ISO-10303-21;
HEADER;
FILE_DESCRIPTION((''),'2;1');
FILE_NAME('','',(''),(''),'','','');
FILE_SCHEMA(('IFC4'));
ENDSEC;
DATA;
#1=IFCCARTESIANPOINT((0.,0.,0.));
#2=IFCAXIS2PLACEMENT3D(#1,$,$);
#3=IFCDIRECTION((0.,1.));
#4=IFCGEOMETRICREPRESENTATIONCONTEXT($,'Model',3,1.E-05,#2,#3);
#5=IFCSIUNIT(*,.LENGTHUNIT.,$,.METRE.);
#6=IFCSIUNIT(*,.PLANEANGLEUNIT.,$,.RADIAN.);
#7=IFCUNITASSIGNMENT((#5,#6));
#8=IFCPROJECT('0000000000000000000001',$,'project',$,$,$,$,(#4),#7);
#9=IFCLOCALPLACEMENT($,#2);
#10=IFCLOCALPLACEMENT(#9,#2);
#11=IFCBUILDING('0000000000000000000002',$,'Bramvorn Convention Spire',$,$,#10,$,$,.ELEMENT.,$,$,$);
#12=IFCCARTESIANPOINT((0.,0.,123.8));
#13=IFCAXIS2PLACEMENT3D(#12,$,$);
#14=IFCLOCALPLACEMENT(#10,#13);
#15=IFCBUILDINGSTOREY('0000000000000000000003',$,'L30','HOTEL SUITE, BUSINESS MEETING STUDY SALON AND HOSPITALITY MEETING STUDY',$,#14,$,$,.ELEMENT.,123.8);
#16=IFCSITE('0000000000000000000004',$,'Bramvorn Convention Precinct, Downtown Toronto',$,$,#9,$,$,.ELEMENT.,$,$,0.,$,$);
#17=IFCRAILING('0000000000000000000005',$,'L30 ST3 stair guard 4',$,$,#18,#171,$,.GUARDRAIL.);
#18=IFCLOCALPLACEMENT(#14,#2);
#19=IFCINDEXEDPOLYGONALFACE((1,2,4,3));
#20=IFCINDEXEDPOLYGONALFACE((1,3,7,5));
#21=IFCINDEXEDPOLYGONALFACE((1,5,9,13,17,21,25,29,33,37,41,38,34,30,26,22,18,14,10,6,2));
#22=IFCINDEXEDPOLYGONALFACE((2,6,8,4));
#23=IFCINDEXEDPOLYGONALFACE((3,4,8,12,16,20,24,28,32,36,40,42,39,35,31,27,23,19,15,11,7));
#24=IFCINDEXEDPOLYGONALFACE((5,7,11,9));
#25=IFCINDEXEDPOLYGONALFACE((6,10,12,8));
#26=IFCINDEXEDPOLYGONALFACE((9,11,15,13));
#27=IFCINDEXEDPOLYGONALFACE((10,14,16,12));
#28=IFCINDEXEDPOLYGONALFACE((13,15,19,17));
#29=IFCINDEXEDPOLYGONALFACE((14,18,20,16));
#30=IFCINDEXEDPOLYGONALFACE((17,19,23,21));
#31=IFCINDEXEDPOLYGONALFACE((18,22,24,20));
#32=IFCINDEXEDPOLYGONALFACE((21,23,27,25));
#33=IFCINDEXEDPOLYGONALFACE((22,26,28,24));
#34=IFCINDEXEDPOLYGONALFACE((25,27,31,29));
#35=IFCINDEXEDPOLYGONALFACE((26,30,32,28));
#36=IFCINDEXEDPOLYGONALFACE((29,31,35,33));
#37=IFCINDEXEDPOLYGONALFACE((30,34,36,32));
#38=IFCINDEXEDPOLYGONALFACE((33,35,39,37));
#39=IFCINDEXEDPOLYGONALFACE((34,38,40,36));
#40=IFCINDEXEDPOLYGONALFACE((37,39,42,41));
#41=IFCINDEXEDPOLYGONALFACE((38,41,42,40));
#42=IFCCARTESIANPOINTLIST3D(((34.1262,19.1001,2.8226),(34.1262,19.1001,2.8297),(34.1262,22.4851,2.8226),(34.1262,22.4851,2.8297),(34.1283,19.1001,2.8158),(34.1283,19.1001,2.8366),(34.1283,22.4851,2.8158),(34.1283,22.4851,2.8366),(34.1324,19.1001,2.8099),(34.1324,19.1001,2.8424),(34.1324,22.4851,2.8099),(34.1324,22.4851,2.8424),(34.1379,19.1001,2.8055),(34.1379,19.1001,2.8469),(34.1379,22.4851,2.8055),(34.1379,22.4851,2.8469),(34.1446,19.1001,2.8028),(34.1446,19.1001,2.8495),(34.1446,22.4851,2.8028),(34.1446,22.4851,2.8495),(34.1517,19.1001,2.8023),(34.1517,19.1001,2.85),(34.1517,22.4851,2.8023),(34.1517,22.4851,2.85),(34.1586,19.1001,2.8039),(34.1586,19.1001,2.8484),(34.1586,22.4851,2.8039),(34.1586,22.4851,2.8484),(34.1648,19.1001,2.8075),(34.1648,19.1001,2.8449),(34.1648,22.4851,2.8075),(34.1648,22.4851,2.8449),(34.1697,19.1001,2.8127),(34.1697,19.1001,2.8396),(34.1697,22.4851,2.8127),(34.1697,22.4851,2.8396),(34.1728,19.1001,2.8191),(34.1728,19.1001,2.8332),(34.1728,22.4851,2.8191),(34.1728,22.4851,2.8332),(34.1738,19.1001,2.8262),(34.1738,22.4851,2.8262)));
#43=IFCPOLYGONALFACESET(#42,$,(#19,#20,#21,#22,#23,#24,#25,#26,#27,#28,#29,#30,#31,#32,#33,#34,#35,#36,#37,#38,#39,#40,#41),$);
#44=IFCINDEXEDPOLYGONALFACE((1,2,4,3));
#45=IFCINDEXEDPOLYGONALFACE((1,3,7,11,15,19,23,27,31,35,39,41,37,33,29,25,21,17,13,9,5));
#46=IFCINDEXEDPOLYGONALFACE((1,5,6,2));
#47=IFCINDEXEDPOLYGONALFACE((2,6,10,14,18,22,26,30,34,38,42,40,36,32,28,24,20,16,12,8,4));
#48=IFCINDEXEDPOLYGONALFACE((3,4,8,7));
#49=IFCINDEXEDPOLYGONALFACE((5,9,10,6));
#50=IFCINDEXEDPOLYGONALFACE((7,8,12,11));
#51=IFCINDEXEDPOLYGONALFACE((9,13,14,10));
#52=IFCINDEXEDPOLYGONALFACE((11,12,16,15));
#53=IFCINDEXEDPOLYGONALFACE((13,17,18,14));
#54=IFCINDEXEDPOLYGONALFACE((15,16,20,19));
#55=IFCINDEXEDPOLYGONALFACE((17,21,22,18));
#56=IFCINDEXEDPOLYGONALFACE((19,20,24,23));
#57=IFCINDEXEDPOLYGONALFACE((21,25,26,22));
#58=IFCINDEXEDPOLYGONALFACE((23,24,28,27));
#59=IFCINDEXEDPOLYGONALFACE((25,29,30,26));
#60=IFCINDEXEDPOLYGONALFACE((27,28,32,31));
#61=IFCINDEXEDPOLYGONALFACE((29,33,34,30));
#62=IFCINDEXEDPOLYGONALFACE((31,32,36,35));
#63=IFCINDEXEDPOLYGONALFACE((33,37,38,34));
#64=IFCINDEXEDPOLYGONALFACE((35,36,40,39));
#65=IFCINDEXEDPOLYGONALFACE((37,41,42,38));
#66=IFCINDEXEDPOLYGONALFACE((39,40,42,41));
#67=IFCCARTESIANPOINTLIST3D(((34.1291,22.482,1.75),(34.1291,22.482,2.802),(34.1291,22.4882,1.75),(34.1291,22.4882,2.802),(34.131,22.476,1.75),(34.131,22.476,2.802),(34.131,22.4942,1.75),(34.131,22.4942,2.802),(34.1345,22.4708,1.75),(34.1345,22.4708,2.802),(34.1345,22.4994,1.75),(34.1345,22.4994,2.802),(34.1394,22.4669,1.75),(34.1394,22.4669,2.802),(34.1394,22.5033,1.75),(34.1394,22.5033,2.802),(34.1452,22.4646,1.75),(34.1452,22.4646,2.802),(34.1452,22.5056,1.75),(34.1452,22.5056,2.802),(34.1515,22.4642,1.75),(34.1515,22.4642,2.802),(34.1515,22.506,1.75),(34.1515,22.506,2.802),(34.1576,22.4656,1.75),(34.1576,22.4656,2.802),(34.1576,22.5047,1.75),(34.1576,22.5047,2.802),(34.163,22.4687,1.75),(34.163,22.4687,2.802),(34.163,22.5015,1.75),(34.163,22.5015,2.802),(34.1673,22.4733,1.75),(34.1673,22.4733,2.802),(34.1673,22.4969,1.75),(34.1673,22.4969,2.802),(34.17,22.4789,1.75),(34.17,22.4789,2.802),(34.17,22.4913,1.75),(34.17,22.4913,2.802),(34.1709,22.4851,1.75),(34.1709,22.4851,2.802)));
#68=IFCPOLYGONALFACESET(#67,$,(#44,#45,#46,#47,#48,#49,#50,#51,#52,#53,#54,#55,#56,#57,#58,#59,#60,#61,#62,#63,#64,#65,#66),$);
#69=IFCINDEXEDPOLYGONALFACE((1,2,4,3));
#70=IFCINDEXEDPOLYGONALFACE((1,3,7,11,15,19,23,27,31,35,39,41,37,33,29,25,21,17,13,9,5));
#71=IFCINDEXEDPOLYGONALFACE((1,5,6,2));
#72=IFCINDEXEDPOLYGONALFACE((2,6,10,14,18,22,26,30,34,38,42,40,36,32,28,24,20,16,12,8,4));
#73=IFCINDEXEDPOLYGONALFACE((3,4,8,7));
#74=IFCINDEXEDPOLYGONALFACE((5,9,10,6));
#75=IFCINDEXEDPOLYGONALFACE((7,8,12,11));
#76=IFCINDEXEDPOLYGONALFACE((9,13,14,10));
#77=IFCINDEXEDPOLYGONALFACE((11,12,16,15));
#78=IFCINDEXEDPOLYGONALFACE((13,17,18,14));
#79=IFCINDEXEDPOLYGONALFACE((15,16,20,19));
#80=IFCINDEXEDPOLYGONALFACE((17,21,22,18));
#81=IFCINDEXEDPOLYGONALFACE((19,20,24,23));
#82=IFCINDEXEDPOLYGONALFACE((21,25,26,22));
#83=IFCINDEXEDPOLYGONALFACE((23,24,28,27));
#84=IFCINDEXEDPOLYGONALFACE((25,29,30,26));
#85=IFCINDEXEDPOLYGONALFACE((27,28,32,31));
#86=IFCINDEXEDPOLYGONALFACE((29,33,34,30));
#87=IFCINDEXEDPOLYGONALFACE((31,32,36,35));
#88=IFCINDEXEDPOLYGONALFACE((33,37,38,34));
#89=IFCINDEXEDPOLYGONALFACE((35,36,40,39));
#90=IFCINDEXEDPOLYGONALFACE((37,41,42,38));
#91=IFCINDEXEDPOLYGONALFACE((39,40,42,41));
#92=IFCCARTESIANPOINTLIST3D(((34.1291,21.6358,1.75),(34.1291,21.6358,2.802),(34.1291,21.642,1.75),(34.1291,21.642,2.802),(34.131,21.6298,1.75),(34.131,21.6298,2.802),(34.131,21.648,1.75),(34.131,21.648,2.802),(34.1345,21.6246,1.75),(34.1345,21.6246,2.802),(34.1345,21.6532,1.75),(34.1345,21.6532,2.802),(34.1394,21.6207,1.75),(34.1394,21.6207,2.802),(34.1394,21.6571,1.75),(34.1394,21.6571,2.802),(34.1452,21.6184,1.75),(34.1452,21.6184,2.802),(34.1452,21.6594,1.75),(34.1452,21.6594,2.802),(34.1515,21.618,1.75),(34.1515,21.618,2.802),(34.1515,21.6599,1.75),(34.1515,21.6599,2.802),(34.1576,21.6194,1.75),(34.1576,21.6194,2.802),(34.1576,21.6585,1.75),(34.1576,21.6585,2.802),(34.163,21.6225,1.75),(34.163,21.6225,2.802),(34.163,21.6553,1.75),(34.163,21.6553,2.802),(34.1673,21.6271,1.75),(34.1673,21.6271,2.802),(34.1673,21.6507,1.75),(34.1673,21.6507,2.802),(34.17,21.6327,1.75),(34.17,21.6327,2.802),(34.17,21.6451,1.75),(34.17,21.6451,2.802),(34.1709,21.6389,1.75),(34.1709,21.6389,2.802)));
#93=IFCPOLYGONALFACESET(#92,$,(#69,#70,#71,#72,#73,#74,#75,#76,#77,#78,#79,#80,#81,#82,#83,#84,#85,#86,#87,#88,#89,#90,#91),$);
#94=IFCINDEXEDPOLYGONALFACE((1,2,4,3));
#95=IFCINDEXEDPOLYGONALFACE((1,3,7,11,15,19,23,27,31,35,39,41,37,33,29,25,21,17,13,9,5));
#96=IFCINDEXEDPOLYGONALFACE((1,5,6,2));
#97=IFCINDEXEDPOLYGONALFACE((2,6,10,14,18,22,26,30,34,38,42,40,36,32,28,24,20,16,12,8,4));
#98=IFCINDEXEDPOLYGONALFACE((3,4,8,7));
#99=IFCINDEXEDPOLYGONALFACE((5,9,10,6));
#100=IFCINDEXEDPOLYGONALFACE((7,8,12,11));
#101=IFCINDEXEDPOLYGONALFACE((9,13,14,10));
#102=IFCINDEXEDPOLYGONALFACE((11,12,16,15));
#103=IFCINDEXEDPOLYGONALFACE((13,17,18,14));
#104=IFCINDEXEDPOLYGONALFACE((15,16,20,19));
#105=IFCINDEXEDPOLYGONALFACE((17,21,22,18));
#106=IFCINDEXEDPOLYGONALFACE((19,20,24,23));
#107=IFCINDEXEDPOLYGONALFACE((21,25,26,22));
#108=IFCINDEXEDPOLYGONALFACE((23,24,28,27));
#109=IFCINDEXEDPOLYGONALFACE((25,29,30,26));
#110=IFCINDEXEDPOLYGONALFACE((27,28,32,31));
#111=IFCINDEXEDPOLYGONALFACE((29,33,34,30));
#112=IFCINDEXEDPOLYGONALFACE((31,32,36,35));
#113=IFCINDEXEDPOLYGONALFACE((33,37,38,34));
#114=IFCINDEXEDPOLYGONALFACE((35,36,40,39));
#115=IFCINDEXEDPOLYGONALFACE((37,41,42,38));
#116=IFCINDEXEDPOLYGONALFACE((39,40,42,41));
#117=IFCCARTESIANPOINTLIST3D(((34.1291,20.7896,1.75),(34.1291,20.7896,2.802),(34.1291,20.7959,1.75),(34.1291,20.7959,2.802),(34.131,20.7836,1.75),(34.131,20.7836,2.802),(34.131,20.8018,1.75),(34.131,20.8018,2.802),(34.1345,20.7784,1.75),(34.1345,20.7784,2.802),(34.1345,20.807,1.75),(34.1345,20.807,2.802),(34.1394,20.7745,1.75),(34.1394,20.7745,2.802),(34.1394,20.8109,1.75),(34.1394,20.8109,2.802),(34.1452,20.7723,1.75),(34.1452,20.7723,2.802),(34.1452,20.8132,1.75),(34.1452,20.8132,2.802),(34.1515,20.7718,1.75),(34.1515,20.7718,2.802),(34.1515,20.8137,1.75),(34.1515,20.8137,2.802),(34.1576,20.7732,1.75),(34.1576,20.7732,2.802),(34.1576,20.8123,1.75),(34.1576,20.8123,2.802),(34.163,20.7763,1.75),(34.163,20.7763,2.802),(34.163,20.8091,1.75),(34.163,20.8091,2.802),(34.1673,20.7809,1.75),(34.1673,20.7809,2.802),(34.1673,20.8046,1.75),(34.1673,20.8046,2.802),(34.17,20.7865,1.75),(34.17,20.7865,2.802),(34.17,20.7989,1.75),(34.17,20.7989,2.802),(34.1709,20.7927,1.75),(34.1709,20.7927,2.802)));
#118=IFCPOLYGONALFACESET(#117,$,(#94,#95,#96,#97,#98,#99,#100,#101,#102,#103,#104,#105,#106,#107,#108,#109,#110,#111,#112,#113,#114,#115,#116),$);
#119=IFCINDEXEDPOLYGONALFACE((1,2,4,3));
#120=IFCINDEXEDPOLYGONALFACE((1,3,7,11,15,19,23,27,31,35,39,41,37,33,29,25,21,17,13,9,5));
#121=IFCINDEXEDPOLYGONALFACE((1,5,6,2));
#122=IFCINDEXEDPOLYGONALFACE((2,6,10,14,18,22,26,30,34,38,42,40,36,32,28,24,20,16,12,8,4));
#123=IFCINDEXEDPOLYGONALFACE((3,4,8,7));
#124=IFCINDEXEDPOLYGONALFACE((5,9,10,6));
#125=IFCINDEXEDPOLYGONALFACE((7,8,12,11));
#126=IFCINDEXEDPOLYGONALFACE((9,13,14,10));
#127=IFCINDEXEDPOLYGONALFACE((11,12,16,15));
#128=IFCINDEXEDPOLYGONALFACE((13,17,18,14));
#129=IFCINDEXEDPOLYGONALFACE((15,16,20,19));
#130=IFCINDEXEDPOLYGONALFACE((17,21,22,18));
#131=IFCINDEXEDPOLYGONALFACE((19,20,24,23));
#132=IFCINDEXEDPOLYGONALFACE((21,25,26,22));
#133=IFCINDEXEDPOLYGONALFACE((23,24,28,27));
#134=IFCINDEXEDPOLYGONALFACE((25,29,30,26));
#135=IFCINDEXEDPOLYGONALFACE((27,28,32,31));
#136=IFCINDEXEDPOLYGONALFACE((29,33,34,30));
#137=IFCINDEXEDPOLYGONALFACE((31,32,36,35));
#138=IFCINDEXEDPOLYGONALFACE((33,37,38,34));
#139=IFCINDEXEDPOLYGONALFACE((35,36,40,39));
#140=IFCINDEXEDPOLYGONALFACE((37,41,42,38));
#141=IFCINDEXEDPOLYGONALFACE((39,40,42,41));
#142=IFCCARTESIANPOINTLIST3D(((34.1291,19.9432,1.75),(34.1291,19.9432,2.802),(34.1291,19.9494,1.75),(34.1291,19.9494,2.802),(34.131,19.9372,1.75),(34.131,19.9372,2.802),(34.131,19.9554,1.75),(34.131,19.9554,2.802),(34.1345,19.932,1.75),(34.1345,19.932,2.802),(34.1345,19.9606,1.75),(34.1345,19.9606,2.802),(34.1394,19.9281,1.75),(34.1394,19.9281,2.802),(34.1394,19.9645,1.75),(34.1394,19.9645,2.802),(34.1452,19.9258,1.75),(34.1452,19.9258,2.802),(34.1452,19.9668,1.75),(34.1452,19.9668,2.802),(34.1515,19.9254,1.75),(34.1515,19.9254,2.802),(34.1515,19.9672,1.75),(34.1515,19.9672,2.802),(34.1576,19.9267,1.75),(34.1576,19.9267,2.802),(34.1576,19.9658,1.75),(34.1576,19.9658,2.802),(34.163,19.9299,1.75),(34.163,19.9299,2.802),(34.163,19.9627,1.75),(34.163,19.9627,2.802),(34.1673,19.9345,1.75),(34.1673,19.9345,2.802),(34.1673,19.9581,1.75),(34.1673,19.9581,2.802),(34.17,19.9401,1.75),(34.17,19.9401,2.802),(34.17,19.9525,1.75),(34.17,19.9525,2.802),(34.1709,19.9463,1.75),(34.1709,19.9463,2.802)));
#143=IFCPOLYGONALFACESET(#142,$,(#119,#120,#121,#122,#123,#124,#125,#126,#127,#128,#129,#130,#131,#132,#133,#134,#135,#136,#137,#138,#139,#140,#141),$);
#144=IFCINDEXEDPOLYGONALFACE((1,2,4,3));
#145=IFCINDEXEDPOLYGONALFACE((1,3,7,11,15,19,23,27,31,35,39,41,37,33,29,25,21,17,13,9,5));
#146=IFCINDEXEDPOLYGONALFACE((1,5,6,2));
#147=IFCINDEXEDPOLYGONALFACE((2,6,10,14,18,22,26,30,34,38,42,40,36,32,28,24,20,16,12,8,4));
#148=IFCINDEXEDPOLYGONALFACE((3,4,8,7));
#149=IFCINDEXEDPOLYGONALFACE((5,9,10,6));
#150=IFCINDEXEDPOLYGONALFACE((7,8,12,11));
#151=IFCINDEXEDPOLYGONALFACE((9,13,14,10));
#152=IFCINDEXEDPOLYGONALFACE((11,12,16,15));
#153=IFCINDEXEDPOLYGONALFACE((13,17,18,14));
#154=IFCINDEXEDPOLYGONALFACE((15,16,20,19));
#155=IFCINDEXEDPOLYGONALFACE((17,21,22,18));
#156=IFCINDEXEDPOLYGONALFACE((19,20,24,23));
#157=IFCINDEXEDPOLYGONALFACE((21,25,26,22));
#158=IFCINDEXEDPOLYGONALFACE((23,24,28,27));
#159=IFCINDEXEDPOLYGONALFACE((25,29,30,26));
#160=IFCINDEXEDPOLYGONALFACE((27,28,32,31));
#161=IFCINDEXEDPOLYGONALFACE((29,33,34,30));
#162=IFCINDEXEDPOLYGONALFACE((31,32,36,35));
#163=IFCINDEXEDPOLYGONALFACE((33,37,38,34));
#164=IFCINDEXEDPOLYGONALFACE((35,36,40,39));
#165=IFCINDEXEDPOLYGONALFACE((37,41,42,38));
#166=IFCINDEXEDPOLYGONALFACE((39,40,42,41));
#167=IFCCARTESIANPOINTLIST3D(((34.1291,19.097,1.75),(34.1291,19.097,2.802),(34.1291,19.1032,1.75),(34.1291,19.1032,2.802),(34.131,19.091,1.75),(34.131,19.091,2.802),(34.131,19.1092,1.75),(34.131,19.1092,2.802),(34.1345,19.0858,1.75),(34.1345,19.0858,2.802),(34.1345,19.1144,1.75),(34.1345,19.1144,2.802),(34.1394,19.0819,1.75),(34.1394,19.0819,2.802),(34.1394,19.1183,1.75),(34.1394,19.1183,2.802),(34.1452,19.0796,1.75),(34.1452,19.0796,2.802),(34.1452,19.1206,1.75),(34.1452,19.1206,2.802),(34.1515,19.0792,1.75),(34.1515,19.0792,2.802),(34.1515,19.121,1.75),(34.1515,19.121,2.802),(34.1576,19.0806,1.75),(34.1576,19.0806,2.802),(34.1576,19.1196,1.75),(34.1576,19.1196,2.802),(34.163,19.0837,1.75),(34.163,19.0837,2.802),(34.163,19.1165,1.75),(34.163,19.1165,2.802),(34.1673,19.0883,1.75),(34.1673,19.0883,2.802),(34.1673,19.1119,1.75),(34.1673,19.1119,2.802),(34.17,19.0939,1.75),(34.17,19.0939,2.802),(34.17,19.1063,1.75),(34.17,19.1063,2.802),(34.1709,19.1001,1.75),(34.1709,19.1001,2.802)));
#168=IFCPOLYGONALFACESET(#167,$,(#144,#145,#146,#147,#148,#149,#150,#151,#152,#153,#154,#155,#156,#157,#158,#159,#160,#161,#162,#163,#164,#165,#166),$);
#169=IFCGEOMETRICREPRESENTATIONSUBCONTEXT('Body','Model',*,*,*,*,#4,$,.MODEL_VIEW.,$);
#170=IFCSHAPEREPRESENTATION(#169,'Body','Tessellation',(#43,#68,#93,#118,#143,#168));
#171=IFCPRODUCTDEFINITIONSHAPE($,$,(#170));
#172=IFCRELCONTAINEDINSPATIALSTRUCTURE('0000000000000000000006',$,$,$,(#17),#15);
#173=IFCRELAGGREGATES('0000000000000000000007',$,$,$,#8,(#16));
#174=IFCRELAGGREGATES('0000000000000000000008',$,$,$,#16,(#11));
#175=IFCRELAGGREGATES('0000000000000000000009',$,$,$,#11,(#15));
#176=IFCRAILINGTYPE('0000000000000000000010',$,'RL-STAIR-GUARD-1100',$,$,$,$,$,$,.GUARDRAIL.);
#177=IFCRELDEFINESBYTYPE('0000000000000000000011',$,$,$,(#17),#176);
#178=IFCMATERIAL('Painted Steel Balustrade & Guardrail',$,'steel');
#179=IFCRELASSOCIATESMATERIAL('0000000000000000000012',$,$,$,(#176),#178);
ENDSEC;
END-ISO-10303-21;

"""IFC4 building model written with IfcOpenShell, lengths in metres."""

from ifc_helpers import new_model, si_unit, direction, frame, origin, origin_2d, place, context, subcontext, project, spatial, circle, extrude, material, type_object, element, save


model = new_model("IFC4")

# Units and contexts
model_context = context("Model", 3, precision=1e-05, world=origin(), true_north=direction((0.0, 1.0)))
body_context = subcontext(model_context, "Body", "Model", "MODEL_VIEW")
ifc_project = project(units=[si_unit("LENGTHUNIT", "METRE"), si_unit("PLANEANGLEUNIT", "RADIAN")], contexts=[model_context])

# Site, building, storey
site_placement = place(None, origin())
site = spatial("IfcSite", under=ifc_project, at=site_placement, Name="Bramvorn Convention Precinct, Downtown Toronto", CompositionType="ELEMENT", RefElevation=0.0)
building_placement = place(site_placement, origin())
building = spatial("IfcBuilding", under=site, at=building_placement, Name="Bramvorn Convention Spire", CompositionType="ELEMENT")
storey_placement = place(building_placement, frame((0.0, 0.0, 123.8)))
storey = spatial("IfcBuildingStorey", under=building, at=storey_placement, Name="L30", Description="HOTEL SUITE, BUSINESS MEETING STUDY SALON AND HOSPITALITY MEETING STUDY", CompositionType="ELEMENT", Elevation=123.8)

# Railing
ifc_material_1 = material(Name="Painted Steel Balustrade & Guardrail", Category="steel")
railing_type_1 = type_object("IfcRailingType", Name="RL-STAIR-GUARD-1100", PredefinedType="GUARDRAIL", material=ifc_material_1)
for number, where, name in (
    (1, (34.1499, 22.4851, 1.75), "L30 ST3 stair guard 4"),
):
    element("IfcRailing", number, at=place(storey_placement, frame(where)), inside=storey, type_object=railing_type_1, Name=name, PredefinedType="GUARDRAIL", context=body_context, shape_type="SweptSolid", body=[
        extrude(circle(Radius=0.0239, at=origin_2d()), frame((0.0, 0.0, 1.0762), z_axis=(0.0, -1.0, 0.0), x_axis=(1.0, 0.0, 0.0)), (0.0, 0.0, 1.0), 3.385),
        extrude(circle(Radius=0.021, at=origin_2d()), origin(), (0.0, 0.0, 1.0), 1.052),
        extrude(circle(Radius=0.021, at=origin_2d()), frame((0.0, -0.8462, 0.0)), (0.0, 0.0, 1.0), 1.052),
        extrude(circle(Radius=0.021, at=origin_2d()), frame((0.0, -1.6924, 0.0)), (0.0, 0.0, 1.0), 1.052),
        extrude(circle(Radius=0.021, at=origin_2d()), frame((0.0, -2.5388, 0.0)), (0.0, 0.0, 1.0), 1.052),
        extrude(circle(Radius=0.021, at=origin_2d()), frame((0.0, -3.385, 0.0)), (0.0, 0.0, 1.0), 1.052),
    ])

save(model, "model.ifc")
